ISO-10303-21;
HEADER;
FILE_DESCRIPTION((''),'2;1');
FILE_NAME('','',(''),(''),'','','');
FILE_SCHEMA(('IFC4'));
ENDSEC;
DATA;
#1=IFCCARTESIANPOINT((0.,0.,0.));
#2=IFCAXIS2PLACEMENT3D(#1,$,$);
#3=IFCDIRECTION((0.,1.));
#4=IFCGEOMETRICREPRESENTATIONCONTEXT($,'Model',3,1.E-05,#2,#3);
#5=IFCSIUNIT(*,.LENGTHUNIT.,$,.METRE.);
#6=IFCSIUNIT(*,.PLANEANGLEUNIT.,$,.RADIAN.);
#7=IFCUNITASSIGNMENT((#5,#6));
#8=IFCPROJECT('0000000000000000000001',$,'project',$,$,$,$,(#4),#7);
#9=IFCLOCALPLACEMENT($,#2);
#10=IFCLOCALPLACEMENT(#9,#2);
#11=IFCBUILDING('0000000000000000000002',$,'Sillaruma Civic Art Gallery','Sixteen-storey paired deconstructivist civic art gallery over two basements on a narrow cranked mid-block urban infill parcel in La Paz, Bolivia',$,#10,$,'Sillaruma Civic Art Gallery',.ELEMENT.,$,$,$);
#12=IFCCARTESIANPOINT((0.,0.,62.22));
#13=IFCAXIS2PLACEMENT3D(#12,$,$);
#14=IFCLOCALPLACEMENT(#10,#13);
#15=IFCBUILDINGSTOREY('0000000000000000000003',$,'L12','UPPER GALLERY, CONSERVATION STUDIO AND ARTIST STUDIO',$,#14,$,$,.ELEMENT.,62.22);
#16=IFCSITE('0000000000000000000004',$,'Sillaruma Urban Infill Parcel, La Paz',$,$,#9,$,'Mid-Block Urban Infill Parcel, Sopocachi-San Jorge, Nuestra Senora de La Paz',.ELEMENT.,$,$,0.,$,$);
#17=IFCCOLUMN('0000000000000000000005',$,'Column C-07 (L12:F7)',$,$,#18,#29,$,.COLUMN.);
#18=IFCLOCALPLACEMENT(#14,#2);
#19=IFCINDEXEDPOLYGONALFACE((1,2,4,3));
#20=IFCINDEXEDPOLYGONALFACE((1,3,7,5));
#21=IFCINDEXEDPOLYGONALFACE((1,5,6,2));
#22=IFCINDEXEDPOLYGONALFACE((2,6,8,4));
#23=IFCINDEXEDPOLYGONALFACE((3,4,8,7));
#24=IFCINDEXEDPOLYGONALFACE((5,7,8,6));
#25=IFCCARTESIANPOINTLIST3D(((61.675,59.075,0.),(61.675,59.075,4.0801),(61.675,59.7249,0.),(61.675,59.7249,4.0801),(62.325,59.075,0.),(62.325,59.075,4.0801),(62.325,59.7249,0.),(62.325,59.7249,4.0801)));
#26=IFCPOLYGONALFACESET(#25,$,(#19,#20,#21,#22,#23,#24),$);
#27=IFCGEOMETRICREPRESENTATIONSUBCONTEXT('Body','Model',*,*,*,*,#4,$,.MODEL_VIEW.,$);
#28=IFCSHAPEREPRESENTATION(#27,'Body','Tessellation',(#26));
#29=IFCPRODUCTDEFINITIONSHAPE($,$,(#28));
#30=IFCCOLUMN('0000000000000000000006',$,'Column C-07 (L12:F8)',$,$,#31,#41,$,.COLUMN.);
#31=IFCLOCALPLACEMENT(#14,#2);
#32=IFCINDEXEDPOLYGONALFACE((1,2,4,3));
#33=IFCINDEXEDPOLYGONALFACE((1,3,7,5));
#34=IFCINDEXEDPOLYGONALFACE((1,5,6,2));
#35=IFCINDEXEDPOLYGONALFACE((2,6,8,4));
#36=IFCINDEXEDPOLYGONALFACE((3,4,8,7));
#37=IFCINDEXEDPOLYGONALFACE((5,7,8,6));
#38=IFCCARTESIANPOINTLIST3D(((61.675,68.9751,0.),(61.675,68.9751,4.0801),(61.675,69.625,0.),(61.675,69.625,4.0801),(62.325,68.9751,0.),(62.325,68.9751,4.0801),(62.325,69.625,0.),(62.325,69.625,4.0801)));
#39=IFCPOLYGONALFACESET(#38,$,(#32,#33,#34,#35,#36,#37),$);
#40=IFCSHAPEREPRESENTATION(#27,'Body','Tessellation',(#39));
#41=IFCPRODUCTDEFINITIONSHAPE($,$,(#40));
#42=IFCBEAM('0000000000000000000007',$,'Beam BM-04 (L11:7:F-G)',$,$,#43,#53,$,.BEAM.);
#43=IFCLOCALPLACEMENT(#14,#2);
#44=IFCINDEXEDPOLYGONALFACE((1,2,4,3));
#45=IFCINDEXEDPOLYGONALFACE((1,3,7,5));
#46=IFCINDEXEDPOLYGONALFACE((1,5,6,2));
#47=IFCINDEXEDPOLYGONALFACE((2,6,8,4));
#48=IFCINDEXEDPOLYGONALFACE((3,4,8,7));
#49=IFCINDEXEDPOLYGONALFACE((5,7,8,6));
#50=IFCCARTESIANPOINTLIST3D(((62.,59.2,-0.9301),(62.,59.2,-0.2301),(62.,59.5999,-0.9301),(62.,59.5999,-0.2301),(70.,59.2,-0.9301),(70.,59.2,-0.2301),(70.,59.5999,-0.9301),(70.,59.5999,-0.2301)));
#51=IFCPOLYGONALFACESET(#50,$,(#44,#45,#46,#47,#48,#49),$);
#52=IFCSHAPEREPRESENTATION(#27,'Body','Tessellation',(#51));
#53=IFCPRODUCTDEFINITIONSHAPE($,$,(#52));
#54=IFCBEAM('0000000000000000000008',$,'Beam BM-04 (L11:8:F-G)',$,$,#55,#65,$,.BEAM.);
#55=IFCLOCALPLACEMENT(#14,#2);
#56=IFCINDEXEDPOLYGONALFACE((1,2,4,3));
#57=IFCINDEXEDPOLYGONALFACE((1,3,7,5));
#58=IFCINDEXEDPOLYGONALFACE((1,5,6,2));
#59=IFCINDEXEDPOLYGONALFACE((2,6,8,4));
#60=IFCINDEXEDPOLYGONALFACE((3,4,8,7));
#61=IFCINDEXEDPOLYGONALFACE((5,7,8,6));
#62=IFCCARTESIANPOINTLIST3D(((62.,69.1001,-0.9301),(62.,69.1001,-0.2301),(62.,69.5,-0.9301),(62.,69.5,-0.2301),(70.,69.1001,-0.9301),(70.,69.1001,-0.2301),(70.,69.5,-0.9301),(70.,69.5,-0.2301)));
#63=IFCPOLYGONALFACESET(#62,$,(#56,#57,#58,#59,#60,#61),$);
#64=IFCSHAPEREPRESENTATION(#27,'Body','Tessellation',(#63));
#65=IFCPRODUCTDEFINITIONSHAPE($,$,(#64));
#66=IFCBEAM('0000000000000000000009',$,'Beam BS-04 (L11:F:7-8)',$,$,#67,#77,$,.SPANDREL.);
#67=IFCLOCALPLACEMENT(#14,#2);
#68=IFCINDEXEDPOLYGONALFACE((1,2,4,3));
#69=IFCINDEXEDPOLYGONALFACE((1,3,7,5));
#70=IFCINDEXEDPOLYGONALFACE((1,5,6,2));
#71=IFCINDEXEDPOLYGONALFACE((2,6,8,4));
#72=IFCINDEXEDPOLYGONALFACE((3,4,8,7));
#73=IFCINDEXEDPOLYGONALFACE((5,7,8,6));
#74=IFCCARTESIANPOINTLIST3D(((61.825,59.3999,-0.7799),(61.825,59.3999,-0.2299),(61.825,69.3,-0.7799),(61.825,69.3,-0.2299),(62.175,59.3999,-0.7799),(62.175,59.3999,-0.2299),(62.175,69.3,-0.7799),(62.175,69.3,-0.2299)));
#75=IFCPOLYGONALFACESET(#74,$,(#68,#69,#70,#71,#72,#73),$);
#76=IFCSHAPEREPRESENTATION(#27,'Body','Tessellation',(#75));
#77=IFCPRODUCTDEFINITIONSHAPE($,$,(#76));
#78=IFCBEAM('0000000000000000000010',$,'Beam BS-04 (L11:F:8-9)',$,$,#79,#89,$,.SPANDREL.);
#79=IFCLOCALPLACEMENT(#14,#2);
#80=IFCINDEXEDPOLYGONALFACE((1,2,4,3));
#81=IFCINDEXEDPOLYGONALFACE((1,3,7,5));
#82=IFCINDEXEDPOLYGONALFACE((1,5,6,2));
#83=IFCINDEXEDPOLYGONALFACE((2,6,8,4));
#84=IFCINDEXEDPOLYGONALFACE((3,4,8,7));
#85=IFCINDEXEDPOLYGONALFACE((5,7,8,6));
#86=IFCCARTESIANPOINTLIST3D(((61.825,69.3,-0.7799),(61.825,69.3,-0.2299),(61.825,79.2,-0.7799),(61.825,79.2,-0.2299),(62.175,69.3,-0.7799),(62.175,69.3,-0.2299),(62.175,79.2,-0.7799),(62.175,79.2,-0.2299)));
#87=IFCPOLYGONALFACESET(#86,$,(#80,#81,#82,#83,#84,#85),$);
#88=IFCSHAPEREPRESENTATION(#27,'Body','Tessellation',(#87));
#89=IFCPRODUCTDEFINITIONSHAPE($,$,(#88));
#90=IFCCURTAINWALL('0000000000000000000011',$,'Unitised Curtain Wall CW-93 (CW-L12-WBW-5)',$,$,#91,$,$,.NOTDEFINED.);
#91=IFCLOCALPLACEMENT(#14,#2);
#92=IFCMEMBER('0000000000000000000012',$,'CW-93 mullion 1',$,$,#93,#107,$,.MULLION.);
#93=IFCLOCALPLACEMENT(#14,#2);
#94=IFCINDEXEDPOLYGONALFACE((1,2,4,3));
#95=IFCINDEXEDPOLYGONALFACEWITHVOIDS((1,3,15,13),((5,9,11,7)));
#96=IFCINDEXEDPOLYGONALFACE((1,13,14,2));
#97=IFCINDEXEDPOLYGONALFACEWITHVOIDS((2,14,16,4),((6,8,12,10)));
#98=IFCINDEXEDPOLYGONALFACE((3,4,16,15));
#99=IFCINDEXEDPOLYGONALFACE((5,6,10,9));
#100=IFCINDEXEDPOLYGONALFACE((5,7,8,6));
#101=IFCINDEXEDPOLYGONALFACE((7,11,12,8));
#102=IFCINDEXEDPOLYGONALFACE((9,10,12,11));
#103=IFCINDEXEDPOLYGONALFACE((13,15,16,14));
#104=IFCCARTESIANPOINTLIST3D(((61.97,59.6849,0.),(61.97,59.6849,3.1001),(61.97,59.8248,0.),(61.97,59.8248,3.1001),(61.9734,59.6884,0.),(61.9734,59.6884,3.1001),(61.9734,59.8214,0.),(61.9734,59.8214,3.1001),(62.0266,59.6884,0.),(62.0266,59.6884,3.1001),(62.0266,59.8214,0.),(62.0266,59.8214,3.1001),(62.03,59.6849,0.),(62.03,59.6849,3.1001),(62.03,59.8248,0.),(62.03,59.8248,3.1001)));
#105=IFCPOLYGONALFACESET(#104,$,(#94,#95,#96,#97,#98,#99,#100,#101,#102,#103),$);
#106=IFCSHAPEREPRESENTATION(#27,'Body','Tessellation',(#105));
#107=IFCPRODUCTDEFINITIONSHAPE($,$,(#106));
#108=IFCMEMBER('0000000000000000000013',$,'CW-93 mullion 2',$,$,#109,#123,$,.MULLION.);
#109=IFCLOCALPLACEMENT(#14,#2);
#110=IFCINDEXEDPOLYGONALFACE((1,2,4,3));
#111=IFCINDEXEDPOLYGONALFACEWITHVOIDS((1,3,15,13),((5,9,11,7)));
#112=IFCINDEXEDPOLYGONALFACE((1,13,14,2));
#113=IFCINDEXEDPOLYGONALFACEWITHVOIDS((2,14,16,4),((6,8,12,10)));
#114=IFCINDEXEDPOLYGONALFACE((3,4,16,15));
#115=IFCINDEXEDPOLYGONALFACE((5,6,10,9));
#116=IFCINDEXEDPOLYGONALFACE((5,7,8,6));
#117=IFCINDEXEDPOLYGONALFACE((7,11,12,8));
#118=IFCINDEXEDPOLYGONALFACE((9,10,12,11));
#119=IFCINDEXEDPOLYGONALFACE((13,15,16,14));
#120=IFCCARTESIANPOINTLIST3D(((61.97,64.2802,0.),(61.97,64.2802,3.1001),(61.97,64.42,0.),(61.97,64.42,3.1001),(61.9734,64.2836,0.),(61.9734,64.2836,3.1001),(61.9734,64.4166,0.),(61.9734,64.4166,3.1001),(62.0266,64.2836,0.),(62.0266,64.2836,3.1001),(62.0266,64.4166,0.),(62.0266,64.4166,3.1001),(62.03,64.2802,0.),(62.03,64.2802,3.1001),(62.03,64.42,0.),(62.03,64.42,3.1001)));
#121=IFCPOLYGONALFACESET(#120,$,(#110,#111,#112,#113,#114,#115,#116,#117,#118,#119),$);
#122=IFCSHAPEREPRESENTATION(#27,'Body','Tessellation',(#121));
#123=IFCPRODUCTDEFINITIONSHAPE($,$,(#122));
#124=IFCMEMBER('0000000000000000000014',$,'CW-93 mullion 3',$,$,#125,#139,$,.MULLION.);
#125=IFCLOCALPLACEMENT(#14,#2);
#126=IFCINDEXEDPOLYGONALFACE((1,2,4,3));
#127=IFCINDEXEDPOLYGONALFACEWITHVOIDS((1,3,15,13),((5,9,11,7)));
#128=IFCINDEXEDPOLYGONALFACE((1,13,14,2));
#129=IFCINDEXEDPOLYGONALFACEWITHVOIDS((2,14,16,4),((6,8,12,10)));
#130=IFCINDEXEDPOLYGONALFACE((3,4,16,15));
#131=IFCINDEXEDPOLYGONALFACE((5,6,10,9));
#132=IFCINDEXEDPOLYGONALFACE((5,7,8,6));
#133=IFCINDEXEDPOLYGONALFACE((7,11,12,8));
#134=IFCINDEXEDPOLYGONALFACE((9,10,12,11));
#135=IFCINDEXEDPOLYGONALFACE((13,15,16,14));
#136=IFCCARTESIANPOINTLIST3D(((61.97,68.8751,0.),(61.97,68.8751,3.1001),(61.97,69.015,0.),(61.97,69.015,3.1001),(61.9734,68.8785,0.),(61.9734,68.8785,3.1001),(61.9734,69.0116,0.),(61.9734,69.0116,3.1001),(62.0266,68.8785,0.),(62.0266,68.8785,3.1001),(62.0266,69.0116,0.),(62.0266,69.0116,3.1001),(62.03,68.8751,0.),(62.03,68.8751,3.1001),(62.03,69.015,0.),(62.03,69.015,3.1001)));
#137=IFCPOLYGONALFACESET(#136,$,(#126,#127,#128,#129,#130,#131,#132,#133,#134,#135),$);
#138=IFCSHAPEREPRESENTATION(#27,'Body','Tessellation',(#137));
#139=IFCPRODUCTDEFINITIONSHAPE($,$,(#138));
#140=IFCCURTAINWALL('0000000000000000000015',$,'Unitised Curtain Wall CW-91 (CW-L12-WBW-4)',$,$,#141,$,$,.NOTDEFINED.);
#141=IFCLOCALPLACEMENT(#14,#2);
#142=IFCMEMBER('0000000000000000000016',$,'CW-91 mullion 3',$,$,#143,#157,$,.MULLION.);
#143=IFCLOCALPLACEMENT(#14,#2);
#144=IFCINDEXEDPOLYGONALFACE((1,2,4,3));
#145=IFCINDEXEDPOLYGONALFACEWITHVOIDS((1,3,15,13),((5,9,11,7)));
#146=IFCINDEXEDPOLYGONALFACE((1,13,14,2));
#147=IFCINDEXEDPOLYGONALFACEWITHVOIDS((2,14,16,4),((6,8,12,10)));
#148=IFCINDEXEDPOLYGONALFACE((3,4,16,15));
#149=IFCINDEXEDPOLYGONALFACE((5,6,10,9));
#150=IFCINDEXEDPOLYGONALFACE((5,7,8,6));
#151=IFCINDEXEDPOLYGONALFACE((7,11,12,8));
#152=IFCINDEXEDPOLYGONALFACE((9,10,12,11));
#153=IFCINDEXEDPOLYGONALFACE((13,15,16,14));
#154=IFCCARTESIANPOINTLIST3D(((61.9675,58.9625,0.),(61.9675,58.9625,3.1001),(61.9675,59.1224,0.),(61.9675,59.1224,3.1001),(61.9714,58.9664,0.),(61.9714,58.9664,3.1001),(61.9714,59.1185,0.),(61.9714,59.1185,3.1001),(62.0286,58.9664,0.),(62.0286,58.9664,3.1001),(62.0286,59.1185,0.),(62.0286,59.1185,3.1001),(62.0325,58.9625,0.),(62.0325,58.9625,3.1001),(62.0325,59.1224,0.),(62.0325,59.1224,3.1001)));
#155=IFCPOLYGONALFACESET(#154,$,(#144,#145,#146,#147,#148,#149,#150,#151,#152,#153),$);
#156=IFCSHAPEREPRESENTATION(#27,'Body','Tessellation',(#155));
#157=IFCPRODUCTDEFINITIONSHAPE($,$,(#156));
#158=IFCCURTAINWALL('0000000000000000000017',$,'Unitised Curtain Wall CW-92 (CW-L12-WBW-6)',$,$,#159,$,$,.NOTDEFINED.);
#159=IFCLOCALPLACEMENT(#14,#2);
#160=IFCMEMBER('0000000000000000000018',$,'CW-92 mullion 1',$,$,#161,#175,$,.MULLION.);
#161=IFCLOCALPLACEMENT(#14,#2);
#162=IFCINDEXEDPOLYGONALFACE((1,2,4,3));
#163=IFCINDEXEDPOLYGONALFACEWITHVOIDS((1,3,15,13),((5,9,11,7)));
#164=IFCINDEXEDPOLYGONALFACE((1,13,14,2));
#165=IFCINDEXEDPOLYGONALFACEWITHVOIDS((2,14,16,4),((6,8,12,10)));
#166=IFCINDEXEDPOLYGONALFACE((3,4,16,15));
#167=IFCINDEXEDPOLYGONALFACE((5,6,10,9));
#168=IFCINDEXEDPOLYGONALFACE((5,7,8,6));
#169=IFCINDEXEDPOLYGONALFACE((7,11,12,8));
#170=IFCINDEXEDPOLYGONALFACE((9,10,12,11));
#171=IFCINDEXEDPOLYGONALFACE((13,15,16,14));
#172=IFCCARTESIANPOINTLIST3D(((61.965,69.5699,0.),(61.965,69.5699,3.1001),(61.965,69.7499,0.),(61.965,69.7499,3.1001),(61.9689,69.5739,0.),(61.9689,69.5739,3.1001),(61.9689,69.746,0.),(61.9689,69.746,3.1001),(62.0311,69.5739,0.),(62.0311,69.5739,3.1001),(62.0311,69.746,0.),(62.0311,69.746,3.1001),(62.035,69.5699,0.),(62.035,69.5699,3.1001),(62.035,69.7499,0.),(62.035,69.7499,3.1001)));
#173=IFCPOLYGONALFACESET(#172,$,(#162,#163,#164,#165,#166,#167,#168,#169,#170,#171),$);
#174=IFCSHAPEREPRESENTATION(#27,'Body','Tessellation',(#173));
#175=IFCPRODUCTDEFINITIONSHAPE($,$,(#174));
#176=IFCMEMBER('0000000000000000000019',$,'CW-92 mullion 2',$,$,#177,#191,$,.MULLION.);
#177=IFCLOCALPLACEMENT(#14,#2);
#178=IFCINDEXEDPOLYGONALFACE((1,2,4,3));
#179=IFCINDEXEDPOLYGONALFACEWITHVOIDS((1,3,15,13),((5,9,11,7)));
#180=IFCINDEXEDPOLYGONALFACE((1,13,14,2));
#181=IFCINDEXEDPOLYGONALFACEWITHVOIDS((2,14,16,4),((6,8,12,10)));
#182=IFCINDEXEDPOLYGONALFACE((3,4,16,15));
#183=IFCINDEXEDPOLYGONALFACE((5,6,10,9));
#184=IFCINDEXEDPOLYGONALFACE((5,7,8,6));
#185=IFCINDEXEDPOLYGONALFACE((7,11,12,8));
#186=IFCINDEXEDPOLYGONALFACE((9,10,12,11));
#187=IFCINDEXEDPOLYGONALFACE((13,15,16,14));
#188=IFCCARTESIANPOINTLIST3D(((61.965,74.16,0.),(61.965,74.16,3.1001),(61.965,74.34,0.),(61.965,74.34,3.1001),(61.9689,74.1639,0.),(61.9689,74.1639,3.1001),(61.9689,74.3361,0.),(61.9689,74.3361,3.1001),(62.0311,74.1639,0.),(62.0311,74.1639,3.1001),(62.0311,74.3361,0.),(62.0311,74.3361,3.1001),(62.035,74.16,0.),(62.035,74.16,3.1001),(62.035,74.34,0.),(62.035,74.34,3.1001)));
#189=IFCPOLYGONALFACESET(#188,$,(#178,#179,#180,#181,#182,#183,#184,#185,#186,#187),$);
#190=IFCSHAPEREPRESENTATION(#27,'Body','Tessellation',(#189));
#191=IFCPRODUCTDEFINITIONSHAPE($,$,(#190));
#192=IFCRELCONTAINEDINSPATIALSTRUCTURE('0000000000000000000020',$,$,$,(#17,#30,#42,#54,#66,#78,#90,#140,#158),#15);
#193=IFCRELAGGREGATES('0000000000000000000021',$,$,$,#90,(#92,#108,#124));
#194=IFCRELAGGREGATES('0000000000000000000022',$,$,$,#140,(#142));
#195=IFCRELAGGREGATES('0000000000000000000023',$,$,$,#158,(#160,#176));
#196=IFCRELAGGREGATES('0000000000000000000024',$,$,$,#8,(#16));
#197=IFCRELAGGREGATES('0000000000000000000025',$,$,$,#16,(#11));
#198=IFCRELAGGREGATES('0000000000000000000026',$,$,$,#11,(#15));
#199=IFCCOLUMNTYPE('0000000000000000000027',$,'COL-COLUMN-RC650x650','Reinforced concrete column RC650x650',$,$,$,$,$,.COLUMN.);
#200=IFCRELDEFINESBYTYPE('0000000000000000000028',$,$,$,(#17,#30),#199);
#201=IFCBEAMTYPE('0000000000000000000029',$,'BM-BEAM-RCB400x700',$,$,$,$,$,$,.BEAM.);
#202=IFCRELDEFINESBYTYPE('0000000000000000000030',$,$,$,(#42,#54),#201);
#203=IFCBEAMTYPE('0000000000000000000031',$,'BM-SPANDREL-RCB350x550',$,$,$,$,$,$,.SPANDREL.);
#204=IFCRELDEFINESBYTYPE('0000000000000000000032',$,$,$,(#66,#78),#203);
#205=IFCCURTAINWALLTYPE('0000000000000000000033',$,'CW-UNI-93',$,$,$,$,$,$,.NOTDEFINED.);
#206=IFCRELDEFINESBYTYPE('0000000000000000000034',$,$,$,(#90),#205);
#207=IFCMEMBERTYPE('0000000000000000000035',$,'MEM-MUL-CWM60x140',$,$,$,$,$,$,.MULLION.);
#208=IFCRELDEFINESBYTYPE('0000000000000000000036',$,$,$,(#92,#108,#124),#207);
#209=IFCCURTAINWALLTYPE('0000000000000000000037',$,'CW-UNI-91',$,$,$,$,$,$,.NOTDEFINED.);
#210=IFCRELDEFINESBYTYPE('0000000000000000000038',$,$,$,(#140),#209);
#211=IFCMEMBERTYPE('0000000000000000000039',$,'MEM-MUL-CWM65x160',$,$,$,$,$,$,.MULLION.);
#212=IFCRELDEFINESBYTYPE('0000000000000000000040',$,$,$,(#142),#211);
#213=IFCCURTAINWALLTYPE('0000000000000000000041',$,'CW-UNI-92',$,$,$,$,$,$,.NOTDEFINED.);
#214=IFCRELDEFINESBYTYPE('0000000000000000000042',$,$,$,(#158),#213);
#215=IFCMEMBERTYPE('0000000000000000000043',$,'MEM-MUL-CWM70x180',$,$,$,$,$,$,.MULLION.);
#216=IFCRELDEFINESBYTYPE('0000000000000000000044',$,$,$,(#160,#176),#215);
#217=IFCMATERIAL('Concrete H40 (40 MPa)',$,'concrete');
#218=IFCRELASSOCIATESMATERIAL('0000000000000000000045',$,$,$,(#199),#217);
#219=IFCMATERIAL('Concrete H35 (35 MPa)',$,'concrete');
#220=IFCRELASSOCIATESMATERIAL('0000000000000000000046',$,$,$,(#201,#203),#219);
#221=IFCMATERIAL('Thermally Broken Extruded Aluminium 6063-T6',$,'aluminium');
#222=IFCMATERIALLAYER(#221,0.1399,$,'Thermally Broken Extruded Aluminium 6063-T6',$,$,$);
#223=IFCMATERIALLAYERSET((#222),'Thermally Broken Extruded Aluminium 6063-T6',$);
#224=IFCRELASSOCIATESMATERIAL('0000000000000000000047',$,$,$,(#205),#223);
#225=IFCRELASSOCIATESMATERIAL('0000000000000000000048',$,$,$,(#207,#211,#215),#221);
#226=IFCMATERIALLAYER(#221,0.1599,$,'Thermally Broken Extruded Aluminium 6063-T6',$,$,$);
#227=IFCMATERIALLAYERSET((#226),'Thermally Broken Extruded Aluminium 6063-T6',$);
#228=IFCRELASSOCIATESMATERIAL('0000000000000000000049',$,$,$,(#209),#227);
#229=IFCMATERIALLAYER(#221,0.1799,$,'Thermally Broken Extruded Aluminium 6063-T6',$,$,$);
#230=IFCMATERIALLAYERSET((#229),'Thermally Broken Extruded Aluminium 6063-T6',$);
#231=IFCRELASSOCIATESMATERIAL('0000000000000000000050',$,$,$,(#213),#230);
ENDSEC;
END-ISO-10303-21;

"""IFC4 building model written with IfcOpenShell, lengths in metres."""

from ifc_helpers import new_model, si_unit, direction, frame, origin, origin_2d, place, context, subcontext, project, spatial, rectangle, hollow_rectangle, extrude, material, layer, layer_set, material_profile, profile_set, type_object, element, aggregate, save


model = new_model("IFC4")

# Units and contexts
model_context = context("Model", 3, precision=1e-05, world=origin(), true_north=direction((0.0, 1.0)))
body_context = subcontext(model_context, "Body", "Model", "MODEL_VIEW")
ifc_project = project(units=[si_unit("LENGTHUNIT", "METRE"), si_unit("PLANEANGLEUNIT", "RADIAN")], contexts=[model_context])

# Site, building, storey
site_placement = place(None, origin())
site = spatial("IfcSite", under=ifc_project, at=site_placement, Name="Sillaruma Urban Infill Parcel, La Paz", LongName="Mid-Block Urban Infill Parcel, Sopocachi-San Jorge, Nuestra Senora de La Paz", CompositionType="ELEMENT", RefElevation=0.0)
building_placement = place(site_placement, origin())
building = spatial("IfcBuilding", under=site, at=building_placement, Name="Sillaruma Civic Art Gallery", Description="Sixteen-storey paired deconstructivist civic art gallery over two basements on a narrow cranked mid-block urban infill parcel in La Paz, Bolivia", LongName="Sillaruma Civic Art Gallery", CompositionType="ELEMENT")
storey_placement = place(building_placement, frame((0.0, 0.0, 62.22)))
storey = spatial("IfcBuildingStorey", under=building, at=storey_placement, Name="L12", Description="UPPER GALLERY, CONSERVATION STUDIO AND ARTIST STUDIO", CompositionType="ELEMENT", Elevation=62.22)

# Columns
ifc_material_1 = material(Name="Concrete H40 (40 MPa)", Category="concrete")
ifc_material_profile_1 = material_profile(ifc_material_1, rectangle(XDim=0.6499, YDim=0.6499, at=origin_2d()), Name="RC650x650")
ifc_profile_set_1 = profile_set([ifc_material_profile_1], Name="Concrete H40 (40 MPa)")
column_type = type_object("IfcColumnType", Name="COL-COLUMN-RC650x650", Description="Reinforced concrete column RC650x650", PredefinedType="COLUMN", material=ifc_profile_set_1)
for number, where, z_axis, x_axis, name in (
    (1, (62.0, 59.3999, 0.0), (0.0, 0.0, 1.0), (1.0, 0.0, 0.0), "Column C-07 (L12:F7)"),
    (2, (62.0, 69.3, 0.0), (0.0, 0.0, 1.0), (1.0, 0.0, 0.0), "Column C-07 (L12:F8)"),
):
    element("IfcColumn", number, at=place(storey_placement, frame(where, z_axis=z_axis, x_axis=x_axis)), inside=storey, type_object=column_type, Name=name, PredefinedType="COLUMN", context=body_context, shape_type="SweptSolid", body=[
        extrude(rectangle(XDim=0.6499, YDim=0.6499, at=origin_2d()), origin(), (0.0, 0.0, 1.0), 4.0801),
    ])

# Beams
ifc_material_2 = material(Name="Concrete H35 (35 MPa)", Category="concrete")
ifc_material_profile_2 = material_profile(ifc_material_2, rectangle(XDim=0.3999, YDim=0.7, at=origin_2d()), Name="RCB400x700")
ifc_profile_set_2 = profile_set([ifc_material_profile_2], Name="Concrete H35 (35 MPa)")
beam_type_1 = type_object("IfcBeamType", Name="BM-BEAM-RCB400x700", PredefinedType="BEAM", material=ifc_profile_set_2)
for number, where, z_axis, x_axis, name in (
    (3, (62.0, 59.3999, -0.5801), (1.0, 0.0, 0.0), (0.0, 1.0, 0.0), "Beam BM-04 (L11:7:F-G)"),
    (4, (62.0, 69.3, -0.5801), (1.0, 0.0, 0.0), (0.0, 1.0, 0.0), "Beam BM-04 (L11:8:F-G)"),
):
    element("IfcBeam", number, at=place(storey_placement, frame(where, z_axis=z_axis, x_axis=x_axis)), inside=storey, type_object=beam_type_1, Name=name, PredefinedType="BEAM", context=body_context, shape_type="SweptSolid", body=[
        extrude(rectangle(XDim=0.3999, YDim=0.7, at=origin_2d()), origin(), (0.0, 0.0, 1.0), 8.0),
    ])
ifc_material_profile_3 = material_profile(ifc_material_2, rectangle(XDim=0.3501, YDim=0.55, at=origin_2d()), Name="RCB350x550")
ifc_profile_set_3 = profile_set([ifc_material_profile_3], Name="Concrete H35 (35 MPa)")
beam_type_2 = type_object("IfcBeamType", Name="BM-SPANDREL-RCB350x550", PredefinedType="SPANDREL", material=ifc_profile_set_3)
beam_1_placement = place(storey_placement, frame((62.0, 59.3999, -0.5049), z_axis=(0.0, 1.0, 0.0), x_axis=(-1.0, 0.0, 0.0)))
element("IfcBeam", 5, at=beam_1_placement, inside=storey, type_object=beam_type_2, Name="Beam BS-04 (L11:F:7-8)", PredefinedType="SPANDREL", context=body_context, shape_type="SweptSolid", body=[
    extrude(rectangle(XDim=0.3501, YDim=0.55, at=origin_2d()), origin(), (0.0, 0.0, 1.0), 9.9001),
])
beam_2_placement = place(storey_placement, frame((62.0, 69.3, -0.5049), z_axis=(0.0, 1.0, 0.0), x_axis=(-1.0, 0.0, 0.0)))
element("IfcBeam", 6, at=beam_2_placement, inside=storey, type_object=beam_type_2, Name="Beam BS-04 (L11:F:8-9)", PredefinedType="SPANDREL", context=body_context, shape_type="SweptSolid", body=[
    extrude(rectangle(XDim=0.3501, YDim=0.55, at=origin_2d()), origin(), (0.0, 0.0, 1.0), 9.8999),
])

# Curtain wall, members
ifc_material_3 = material(Name="Thermally Broken Extruded Aluminium 6063-T6", Category="aluminium")
ifc_layer_1 = layer(ifc_material_3, 0.1399, Name="Thermally Broken Extruded Aluminium 6063-T6")
ifc_layer_set_1 = layer_set([ifc_layer_1], Name="Thermally Broken Extruded Aluminium 6063-T6")
curtain_wall_type_1 = type_object("IfcCurtainWallType", Name="CW-UNI-93", PredefinedType="NOTDEFINED", material=ifc_layer_set_1)
curtain_wall_1_placement = place(storey_placement, origin())
curtain_wall_1 = element("IfcCurtainWall", 7, at=curtain_wall_1_placement, inside=storey, type_object=curtain_wall_type_1, Name="Unitised Curtain Wall CW-93 (CW-L12-WBW-5)", PredefinedType="NOTDEFINED")
ifc_material_profile_4 = material_profile(ifc_material_3, hollow_rectangle(XDim=0.0601, YDim=0.1399, WallThickness=0.0034, at=origin_2d()), Name="CWM60x140")
ifc_profile_set_4 = profile_set([ifc_material_profile_4], Name="Thermally Broken Extruded Aluminium 6063-T6")
member_type_1 = type_object("IfcMemberType", Name="MEM-MUL-CWM60x140", PredefinedType="MULLION", material=ifc_profile_set_4)
member_1_placement = place(storey_placement, frame((62.0, 59.7549, 0.0), z_axis=(0.0, 0.0, 1.0), x_axis=(-1.0, 0.0, 0.0)))
member_1 = element("IfcMember", 8, at=member_1_placement, type_object=member_type_1, Name="CW-93 mullion 1", PredefinedType="MULLION", context=body_context, shape_type="SweptSolid", body=[
    extrude(hollow_rectangle(XDim=0.0601, YDim=0.1399, WallThickness=0.0034, at=origin_2d()), origin(), (0.0, 0.0, 1.0), 3.1001),
])
member_2_placement = place(storey_placement, frame((62.0, 64.3501, 0.0), z_axis=(0.0, 0.0, 1.0), x_axis=(-1.0, 0.0, 0.0)))
member_2 = element("IfcMember", 9, at=member_2_placement, type_object=member_type_1, Name="CW-93 mullion 2", PredefinedType="MULLION", context=body_context, shape_type="SweptSolid", body=[
    extrude(hollow_rectangle(XDim=0.0601, YDim=0.1399, WallThickness=0.0034, at=origin_2d()), origin(), (0.0, 0.0, 1.0), 3.1001),
])
member_3_placement = place(storey_placement, frame((62.0, 68.9451, 0.0), z_axis=(0.0, 0.0, 1.0), x_axis=(-1.0, 0.0, 0.0)))
member_3 = element("IfcMember", 10, at=member_3_placement, type_object=member_type_1, Name="CW-93 mullion 3", PredefinedType="MULLION", context=body_context, shape_type="SweptSolid", body=[
    extrude(hollow_rectangle(XDim=0.0601, YDim=0.1399, WallThickness=0.0034, at=origin_2d()), origin(), (0.0, 0.0, 1.0), 3.1001),
])

# Curtain wall, member
ifc_layer_2 = layer(ifc_material_3, 0.1599, Name="Thermally Broken Extruded Aluminium 6063-T6")
ifc_layer_set_2 = layer_set([ifc_layer_2], Name="Thermally Broken Extruded Aluminium 6063-T6")
curtain_wall_type_2 = type_object("IfcCurtainWallType", Name="CW-UNI-91", PredefinedType="NOTDEFINED", material=ifc_layer_set_2)
curtain_wall_2_placement = place(storey_placement, origin())
curtain_wall_2 = element("IfcCurtainWall", 11, at=curtain_wall_2_placement, inside=storey, type_object=curtain_wall_type_2, Name="Unitised Curtain Wall CW-91 (CW-L12-WBW-4)", PredefinedType="NOTDEFINED")
ifc_material_profile_5 = material_profile(ifc_material_3, hollow_rectangle(XDim=0.0649, YDim=0.1599, WallThickness=0.0039, at=origin_2d()), Name="CWM65x160")
ifc_profile_set_5 = profile_set([ifc_material_profile_5], Name="Thermally Broken Extruded Aluminium 6063-T6")
member_type_2 = type_object("IfcMemberType", Name="MEM-MUL-CWM65x160", PredefinedType="MULLION", material=ifc_profile_set_5)
member_4_placement = place(storey_placement, frame((62.0, 59.0425, 0.0), z_axis=(0.0, 0.0, 1.0), x_axis=(-1.0, 0.0, 0.0)))
member_4 = element("IfcMember", 12, at=member_4_placement, type_object=member_type_2, Name="CW-91 mullion 3", PredefinedType="MULLION", context=body_context, shape_type="SweptSolid", body=[
    extrude(hollow_rectangle(XDim=0.0649, YDim=0.1599, WallThickness=0.0039, at=origin_2d()), origin(), (0.0, 0.0, 1.0), 3.1001),
])

# Curtain wall, members
ifc_layer_3 = layer(ifc_material_3, 0.1799, Name="Thermally Broken Extruded Aluminium 6063-T6")
ifc_layer_set_3 = layer_set([ifc_layer_3], Name="Thermally Broken Extruded Aluminium 6063-T6")
curtain_wall_type_3 = type_object("IfcCurtainWallType", Name="CW-UNI-92", PredefinedType="NOTDEFINED", material=ifc_layer_set_3)
curtain_wall_3_placement = place(storey_placement, origin())
curtain_wall_3 = element("IfcCurtainWall", 13, at=curtain_wall_3_placement, inside=storey, type_object=curtain_wall_type_3, Name="Unitised Curtain Wall CW-92 (CW-L12-WBW-6)", PredefinedType="NOTDEFINED")
ifc_material_profile_6 = material_profile(ifc_material_3, hollow_rectangle(XDim=0.0701, YDim=0.1799, WallThickness=0.0039, at=origin_2d()), Name="CWM70x180")
ifc_profile_set_6 = profile_set([ifc_material_profile_6], Name="Thermally Broken Extruded Aluminium 6063-T6")
member_type_3 = type_object("IfcMemberType", Name="MEM-MUL-CWM70x180", PredefinedType="MULLION", material=ifc_profile_set_6)
member_5_placement = place(storey_placement, frame((62.0, 69.6599, 0.0), z_axis=(0.0, 0.0, 1.0), x_axis=(-1.0, 0.0, 0.0)))
member_5 = element("IfcMember", 14, at=member_5_placement, type_object=member_type_3, Name="CW-92 mullion 1", PredefinedType="MULLION", context=body_context, shape_type="SweptSolid", body=[
    extrude(hollow_rectangle(XDim=0.0701, YDim=0.1799, WallThickness=0.0039, at=origin_2d()), origin(), (0.0, 0.0, 1.0), 3.1001),
])
member_6_placement = place(storey_placement, frame((62.0, 74.25, 0.0), z_axis=(0.0, 0.0, 1.0), x_axis=(-1.0, 0.0, 0.0)))
member_6 = element("IfcMember", 15, at=member_6_placement, type_object=member_type_3, Name="CW-92 mullion 2", PredefinedType="MULLION", context=body_context, shape_type="SweptSolid", body=[
    extrude(hollow_rectangle(XDim=0.0701, YDim=0.1799, WallThickness=0.0039, at=origin_2d()), origin(), (0.0, 0.0, 1.0), 3.1001),
])

aggregate(curtain_wall_1, [member_1, member_2, member_3])
aggregate(curtain_wall_2, [member_4])
aggregate(curtain_wall_3, [member_5, member_6])

save(model, "model.ifc")
